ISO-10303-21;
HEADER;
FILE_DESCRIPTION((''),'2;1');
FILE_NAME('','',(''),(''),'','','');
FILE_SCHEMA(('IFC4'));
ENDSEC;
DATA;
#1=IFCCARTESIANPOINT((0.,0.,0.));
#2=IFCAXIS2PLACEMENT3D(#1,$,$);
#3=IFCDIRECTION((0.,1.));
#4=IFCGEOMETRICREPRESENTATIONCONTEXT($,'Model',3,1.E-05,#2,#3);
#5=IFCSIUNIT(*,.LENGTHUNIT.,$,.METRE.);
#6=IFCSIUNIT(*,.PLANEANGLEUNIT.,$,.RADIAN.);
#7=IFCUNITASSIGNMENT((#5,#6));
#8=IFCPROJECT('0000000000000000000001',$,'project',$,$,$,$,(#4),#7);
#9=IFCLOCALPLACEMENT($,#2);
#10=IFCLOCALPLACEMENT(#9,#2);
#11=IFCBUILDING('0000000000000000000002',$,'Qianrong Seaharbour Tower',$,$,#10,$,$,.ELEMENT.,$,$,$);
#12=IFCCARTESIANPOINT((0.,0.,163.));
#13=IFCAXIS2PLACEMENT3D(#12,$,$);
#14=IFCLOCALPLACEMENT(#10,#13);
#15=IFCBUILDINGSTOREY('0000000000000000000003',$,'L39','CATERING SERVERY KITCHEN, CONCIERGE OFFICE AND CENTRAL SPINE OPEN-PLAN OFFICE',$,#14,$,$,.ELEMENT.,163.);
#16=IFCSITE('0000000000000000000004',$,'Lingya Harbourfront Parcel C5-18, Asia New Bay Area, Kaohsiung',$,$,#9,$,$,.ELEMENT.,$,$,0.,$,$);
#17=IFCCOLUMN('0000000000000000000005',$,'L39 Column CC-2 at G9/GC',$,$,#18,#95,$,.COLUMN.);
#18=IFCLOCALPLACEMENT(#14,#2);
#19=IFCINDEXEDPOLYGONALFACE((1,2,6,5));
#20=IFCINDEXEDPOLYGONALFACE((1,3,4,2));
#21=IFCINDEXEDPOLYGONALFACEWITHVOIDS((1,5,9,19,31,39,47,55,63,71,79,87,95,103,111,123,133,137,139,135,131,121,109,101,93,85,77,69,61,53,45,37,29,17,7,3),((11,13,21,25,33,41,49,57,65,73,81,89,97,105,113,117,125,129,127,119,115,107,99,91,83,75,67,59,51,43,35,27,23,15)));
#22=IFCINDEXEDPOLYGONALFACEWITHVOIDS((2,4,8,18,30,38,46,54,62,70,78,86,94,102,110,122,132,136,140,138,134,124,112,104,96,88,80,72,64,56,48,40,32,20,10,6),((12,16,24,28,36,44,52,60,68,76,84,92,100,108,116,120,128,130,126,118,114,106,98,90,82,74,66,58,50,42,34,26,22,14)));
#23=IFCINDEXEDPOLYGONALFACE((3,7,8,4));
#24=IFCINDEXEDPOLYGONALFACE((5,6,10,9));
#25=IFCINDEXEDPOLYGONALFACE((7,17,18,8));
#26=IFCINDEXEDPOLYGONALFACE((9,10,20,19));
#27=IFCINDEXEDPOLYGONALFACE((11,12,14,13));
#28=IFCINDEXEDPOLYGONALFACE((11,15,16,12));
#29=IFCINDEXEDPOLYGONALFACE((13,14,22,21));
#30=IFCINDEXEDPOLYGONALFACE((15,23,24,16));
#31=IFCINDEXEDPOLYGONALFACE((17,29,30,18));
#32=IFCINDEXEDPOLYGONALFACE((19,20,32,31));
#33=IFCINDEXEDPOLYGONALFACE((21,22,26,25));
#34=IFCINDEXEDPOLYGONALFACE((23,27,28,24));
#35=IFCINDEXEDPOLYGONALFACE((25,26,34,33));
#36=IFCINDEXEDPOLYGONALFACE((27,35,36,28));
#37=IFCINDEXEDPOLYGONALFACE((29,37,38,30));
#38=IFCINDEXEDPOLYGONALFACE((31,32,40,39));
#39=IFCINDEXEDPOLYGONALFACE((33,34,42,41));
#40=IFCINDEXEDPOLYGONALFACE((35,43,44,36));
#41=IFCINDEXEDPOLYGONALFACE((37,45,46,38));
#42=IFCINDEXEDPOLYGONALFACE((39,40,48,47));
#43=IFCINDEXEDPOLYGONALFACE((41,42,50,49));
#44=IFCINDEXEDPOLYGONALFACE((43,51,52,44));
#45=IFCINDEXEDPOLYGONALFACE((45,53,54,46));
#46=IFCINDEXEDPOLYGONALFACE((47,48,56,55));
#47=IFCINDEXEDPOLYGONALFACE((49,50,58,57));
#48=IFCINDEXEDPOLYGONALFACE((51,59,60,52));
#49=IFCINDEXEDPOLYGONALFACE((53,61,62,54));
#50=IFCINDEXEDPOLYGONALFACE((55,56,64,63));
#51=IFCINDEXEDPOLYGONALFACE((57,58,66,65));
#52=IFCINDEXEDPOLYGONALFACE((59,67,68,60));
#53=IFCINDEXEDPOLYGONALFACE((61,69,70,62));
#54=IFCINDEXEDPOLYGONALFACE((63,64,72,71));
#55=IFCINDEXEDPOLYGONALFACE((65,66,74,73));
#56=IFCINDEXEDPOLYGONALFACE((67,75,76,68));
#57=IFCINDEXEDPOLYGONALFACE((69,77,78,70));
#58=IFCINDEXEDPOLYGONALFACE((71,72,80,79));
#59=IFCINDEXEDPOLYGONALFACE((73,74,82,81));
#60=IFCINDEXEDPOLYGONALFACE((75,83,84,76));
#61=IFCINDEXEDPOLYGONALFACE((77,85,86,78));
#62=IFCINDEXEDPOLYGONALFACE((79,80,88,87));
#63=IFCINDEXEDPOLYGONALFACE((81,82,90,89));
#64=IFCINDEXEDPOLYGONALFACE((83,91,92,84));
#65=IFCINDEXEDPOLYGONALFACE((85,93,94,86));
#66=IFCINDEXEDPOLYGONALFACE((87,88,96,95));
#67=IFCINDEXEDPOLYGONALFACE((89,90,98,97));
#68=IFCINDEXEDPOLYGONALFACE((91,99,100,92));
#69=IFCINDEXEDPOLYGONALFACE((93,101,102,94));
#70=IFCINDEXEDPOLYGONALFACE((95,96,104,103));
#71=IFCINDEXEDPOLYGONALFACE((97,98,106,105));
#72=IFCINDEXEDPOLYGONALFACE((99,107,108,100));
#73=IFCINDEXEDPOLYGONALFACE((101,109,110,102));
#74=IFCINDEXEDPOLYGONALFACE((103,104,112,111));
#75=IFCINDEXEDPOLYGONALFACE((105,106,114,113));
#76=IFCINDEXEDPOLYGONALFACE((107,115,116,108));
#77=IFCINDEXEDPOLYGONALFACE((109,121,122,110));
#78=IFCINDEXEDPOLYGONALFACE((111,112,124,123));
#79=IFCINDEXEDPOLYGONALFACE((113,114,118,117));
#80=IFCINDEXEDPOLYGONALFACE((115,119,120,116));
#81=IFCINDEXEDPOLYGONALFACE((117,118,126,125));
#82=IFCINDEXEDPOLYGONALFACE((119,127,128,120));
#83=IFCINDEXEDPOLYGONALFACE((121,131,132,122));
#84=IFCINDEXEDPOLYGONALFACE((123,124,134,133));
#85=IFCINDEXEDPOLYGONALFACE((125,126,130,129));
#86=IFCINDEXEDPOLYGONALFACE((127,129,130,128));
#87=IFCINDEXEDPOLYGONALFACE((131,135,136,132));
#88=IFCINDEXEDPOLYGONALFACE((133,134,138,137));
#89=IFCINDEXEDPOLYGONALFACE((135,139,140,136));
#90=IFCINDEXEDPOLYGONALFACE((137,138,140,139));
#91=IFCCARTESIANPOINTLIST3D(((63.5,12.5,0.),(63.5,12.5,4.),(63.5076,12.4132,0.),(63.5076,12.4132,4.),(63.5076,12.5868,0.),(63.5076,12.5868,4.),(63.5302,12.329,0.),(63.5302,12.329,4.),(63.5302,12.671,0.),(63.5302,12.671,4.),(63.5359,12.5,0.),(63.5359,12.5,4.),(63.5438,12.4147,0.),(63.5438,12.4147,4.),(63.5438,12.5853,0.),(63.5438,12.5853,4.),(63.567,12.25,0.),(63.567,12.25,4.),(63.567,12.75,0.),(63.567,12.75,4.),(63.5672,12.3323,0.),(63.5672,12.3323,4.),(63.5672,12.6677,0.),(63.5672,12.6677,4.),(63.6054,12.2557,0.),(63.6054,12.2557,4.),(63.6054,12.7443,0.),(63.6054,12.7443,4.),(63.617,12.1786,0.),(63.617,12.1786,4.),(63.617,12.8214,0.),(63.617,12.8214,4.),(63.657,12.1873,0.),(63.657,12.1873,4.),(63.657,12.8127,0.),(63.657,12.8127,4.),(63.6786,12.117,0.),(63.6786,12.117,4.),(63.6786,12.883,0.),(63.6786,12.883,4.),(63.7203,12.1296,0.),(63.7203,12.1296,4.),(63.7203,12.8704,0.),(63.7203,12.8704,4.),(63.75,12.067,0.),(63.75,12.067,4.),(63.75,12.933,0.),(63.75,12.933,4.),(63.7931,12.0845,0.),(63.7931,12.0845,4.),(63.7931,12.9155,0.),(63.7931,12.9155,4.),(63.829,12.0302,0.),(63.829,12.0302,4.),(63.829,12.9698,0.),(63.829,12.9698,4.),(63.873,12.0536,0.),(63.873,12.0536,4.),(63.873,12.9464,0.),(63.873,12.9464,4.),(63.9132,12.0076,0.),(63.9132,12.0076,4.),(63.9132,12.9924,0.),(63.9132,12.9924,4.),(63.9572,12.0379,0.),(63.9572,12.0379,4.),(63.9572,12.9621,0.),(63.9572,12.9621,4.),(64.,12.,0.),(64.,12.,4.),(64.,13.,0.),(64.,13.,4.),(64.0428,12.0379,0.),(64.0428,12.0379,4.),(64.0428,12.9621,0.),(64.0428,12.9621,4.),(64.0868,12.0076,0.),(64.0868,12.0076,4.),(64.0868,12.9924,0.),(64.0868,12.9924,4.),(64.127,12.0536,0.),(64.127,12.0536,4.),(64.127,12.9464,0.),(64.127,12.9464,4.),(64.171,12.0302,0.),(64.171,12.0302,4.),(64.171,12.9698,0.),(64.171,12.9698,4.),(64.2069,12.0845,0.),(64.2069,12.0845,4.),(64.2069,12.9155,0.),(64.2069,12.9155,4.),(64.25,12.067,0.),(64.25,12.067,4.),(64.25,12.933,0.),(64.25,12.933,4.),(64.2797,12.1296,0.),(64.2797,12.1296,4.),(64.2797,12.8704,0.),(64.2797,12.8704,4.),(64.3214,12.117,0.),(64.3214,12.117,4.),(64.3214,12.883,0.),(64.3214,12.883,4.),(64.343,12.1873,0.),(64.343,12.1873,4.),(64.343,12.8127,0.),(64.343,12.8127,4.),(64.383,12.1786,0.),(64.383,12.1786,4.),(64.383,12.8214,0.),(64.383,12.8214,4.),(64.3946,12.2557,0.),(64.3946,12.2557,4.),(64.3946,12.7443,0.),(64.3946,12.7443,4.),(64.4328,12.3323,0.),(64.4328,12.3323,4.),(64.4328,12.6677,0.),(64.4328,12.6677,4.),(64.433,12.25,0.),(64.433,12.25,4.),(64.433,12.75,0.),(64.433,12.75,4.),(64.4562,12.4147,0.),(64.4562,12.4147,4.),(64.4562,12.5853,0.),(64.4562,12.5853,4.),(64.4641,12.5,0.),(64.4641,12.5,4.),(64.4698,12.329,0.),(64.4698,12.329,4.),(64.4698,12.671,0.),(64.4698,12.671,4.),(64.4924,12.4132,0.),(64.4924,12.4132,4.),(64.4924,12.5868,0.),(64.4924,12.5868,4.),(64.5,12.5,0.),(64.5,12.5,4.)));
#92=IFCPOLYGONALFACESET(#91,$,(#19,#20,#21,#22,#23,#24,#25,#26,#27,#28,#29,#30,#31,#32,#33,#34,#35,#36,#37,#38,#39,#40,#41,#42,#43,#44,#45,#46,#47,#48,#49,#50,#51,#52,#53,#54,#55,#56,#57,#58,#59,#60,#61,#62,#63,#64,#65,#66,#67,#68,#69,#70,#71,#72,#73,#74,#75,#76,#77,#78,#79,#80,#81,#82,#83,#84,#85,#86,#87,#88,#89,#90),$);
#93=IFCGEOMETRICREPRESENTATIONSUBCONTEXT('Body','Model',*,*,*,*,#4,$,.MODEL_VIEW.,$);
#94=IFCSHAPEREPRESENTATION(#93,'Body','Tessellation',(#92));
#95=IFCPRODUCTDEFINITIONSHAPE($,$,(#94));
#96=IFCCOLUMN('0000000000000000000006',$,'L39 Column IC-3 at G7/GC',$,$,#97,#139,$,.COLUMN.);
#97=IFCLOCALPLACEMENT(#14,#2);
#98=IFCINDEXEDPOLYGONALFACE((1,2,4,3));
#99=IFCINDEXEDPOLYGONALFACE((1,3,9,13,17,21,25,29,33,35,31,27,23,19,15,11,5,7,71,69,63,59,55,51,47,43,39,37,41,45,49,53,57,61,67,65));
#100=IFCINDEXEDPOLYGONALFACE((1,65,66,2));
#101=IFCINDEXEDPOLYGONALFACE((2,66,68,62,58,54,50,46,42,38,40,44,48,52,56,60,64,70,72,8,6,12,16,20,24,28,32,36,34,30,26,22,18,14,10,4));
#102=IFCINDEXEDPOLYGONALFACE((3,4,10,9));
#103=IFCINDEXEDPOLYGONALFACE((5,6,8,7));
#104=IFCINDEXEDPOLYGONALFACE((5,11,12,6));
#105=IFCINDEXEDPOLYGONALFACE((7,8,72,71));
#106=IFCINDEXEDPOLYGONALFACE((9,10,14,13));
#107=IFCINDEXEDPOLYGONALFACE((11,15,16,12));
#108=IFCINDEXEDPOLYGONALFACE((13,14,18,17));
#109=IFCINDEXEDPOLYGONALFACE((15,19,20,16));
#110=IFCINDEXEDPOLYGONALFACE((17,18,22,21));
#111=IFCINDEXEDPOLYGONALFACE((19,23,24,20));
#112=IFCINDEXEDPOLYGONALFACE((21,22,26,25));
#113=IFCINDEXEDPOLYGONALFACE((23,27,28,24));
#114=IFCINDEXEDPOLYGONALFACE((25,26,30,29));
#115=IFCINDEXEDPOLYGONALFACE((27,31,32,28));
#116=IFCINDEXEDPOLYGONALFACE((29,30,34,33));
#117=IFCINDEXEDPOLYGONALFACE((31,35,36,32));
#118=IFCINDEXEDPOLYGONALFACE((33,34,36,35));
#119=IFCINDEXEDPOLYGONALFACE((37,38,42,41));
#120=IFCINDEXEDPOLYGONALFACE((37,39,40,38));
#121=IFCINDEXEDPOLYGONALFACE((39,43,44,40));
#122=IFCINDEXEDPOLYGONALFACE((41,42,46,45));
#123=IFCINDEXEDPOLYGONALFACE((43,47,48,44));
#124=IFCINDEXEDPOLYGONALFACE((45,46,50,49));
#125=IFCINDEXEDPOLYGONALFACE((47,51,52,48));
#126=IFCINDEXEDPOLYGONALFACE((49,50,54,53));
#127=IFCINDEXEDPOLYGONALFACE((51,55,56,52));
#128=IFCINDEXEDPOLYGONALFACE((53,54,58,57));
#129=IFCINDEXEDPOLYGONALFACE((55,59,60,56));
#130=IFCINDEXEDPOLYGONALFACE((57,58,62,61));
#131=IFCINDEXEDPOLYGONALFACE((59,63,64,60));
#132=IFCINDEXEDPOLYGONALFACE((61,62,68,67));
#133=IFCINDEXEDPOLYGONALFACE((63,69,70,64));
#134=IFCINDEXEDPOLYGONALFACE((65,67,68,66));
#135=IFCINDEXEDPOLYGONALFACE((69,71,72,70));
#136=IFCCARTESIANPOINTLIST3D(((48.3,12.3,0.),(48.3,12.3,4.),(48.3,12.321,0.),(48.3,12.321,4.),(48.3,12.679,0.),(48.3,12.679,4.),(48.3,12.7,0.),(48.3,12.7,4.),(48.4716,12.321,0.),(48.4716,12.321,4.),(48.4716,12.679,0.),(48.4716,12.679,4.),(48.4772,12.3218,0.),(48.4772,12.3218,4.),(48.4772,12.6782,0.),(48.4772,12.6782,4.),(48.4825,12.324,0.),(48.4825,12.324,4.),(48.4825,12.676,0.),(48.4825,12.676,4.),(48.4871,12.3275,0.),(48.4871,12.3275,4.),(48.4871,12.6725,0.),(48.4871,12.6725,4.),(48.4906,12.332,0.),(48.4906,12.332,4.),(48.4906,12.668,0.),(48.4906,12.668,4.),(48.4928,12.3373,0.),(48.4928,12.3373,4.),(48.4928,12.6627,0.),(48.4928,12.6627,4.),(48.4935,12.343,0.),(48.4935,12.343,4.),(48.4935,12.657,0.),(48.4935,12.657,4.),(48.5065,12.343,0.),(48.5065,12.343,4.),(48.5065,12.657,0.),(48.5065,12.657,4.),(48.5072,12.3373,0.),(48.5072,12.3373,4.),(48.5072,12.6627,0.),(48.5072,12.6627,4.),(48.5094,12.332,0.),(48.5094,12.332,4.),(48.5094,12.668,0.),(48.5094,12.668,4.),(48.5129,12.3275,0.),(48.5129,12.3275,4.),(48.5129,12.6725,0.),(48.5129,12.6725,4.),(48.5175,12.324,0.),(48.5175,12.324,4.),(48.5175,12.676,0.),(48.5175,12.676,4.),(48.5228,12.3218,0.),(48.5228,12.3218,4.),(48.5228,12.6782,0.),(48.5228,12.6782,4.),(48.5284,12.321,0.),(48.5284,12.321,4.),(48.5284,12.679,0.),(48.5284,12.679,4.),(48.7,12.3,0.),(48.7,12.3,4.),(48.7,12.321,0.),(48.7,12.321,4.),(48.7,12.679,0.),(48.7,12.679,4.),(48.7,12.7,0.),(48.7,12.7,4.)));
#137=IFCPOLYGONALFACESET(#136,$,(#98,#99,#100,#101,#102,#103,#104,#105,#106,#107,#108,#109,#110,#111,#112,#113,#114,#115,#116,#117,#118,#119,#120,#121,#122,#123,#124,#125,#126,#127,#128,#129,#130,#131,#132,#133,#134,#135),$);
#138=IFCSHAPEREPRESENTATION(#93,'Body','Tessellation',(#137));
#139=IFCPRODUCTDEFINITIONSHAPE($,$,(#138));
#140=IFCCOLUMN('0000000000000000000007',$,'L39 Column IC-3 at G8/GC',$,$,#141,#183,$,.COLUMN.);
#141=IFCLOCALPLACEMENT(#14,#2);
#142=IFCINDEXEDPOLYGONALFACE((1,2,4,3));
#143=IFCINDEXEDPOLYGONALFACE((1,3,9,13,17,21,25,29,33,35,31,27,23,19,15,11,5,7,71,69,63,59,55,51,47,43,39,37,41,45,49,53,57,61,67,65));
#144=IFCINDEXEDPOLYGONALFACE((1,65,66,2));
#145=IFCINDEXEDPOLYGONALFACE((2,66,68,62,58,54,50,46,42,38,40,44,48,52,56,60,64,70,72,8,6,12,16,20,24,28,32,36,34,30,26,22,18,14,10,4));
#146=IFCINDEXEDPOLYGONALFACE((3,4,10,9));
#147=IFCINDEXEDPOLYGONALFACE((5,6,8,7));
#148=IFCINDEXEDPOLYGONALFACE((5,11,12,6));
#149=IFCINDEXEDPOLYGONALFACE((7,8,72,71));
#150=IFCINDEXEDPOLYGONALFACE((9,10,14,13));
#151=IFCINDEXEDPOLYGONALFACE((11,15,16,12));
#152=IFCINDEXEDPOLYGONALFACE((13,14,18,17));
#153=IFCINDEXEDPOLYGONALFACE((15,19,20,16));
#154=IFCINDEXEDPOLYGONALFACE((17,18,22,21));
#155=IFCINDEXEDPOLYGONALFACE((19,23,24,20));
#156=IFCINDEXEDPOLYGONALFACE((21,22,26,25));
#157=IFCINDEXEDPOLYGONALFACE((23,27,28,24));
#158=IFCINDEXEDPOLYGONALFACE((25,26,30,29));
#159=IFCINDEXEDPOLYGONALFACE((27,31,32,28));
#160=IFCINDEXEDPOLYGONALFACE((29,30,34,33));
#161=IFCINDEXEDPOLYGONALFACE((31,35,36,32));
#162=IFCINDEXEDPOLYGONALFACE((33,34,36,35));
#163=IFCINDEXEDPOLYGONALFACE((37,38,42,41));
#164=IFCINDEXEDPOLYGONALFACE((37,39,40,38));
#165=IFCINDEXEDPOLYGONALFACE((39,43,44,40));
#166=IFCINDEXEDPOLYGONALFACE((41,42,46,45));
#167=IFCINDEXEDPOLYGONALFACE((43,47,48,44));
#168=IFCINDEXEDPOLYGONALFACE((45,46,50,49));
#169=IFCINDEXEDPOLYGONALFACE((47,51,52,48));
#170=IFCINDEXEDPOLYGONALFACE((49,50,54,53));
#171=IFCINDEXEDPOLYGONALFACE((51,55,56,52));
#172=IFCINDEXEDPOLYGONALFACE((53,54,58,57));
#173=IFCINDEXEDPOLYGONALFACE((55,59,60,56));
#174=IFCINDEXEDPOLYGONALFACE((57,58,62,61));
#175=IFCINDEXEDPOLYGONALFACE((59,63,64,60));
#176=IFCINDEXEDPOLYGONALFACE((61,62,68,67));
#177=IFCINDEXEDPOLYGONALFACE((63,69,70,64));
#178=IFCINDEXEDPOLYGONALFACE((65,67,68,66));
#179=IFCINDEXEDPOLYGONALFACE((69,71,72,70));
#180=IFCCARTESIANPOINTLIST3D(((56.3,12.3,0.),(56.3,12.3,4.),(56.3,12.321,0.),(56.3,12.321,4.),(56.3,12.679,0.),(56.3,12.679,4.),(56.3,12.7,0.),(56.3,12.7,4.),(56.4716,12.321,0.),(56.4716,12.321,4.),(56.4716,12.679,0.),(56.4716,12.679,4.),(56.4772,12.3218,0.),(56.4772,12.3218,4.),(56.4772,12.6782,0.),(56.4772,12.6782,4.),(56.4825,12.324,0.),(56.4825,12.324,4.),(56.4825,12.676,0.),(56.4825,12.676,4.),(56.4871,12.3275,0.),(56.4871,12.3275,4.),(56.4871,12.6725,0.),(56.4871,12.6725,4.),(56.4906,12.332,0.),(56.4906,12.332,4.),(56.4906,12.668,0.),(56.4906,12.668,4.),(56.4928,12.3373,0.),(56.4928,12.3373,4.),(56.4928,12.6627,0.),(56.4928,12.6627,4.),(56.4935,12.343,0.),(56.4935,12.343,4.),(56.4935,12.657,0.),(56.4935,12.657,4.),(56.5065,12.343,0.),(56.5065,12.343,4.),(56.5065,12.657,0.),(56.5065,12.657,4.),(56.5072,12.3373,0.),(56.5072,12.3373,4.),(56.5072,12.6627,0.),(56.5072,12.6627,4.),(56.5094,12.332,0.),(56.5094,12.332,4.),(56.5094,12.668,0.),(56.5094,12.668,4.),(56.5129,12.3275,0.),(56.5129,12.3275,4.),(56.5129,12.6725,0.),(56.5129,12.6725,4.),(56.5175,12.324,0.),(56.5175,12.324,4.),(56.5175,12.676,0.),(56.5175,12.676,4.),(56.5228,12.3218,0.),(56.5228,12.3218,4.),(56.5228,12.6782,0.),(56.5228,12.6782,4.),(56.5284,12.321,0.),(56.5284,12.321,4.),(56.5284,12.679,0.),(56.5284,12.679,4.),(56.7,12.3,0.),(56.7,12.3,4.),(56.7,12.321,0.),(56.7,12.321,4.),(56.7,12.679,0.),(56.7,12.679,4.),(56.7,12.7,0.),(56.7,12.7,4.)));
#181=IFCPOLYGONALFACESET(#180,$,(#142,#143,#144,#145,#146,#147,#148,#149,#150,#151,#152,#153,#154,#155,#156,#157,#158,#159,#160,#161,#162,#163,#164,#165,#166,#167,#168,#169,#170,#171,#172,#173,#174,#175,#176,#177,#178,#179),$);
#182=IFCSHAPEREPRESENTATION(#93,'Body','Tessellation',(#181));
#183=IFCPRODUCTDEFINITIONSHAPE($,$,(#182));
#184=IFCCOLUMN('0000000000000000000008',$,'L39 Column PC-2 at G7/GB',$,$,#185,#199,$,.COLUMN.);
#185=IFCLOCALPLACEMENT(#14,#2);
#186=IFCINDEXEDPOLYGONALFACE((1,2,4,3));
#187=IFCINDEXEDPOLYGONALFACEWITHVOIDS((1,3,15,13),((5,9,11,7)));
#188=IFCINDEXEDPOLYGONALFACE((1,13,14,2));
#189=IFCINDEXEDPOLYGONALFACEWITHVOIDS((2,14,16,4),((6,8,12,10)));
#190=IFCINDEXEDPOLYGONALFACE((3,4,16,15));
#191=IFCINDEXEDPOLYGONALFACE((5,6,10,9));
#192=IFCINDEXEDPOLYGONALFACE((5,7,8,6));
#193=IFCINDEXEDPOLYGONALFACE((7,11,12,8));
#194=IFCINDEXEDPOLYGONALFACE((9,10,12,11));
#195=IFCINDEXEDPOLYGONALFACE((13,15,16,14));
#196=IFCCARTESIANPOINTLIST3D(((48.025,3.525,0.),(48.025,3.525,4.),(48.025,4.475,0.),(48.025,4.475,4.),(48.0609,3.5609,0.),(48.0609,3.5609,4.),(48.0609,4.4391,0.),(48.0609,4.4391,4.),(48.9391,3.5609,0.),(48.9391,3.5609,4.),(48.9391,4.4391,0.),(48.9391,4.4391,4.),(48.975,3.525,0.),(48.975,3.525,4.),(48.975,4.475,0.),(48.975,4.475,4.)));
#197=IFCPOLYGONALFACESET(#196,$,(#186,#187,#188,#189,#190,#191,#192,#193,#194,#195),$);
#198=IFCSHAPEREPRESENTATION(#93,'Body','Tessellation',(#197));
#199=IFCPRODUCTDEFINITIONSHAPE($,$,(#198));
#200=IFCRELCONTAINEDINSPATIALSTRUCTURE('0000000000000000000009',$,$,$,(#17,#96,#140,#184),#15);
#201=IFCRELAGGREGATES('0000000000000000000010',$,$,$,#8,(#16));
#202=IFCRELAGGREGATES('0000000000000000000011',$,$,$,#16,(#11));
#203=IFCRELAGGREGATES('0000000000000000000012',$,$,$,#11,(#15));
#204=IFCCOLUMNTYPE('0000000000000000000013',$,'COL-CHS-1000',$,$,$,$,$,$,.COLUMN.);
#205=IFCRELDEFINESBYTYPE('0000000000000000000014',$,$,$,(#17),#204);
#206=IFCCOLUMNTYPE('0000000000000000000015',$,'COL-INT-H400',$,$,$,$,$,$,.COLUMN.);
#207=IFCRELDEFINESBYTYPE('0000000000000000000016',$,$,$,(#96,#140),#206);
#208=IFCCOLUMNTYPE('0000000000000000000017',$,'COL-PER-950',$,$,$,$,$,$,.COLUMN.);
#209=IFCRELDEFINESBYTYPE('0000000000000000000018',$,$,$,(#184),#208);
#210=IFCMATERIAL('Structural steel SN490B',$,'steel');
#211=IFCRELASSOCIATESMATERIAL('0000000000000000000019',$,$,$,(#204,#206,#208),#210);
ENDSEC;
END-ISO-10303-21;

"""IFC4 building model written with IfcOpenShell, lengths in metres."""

from ifc_helpers import new_model, si_unit, direction, frame, origin, origin_2d, place, context, subcontext, project, spatial, hollow_rectangle, hollow_circle, i_section, extrude, material, material_profile, profile_set, type_object, element, save


model = new_model("IFC4")

# Units and contexts
model_context = context("Model", 3, precision=1e-05, world=origin(), true_north=direction((0.0, 1.0)))
body_context = subcontext(model_context, "Body", "Model", "MODEL_VIEW")
ifc_project = project(units=[si_unit("LENGTHUNIT", "METRE"), si_unit("PLANEANGLEUNIT", "RADIAN")], contexts=[model_context])

# Site, building, storey
site_placement = place(None, origin())
site = spatial("IfcSite", under=ifc_project, at=site_placement, Name="Lingya Harbourfront Parcel C5-18, Asia New Bay Area, Kaohsiung", CompositionType="ELEMENT", RefElevation=0.0)
building_placement = place(site_placement, origin())
building = spatial("IfcBuilding", under=site, at=building_placement, Name="Qianrong Seaharbour Tower", CompositionType="ELEMENT")
storey_placement = place(building_placement, frame((0.0, 0.0, 163.0)))
storey = spatial("IfcBuildingStorey", under=building, at=storey_placement, Name="L39", Description="CATERING SERVERY KITCHEN, CONCIERGE OFFICE AND CENTRAL SPINE OPEN-PLAN OFFICE", CompositionType="ELEMENT", Elevation=163.0)

# Columns
ifc_material_1 = material(Name="Structural steel SN490B", Category="steel")
ifc_material_profile_1 = material_profile(ifc_material_1, hollow_circle(Radius=0.5, WallThickness=0.0359, at=origin_2d()), Name="CHS1000x36")
ifc_profile_set_1 = profile_set([ifc_material_profile_1], Name="Structural steel SN490B")
column_type_1 = type_object("IfcColumnType", Name="COL-CHS-1000", PredefinedType="COLUMN", material=ifc_profile_set_1)
column_placement = place(storey_placement, frame((64.0, 12.5, 0.0), z_axis=(0.0, 0.0, 1.0), x_axis=(1.0, 0.0, 0.0)))
element("IfcColumn", 1, at=column_placement, inside=storey, type_object=column_type_1, Name="L39 Column CC-2 at G9/GC", PredefinedType="COLUMN", context=body_context, shape_type="SweptSolid", body=[
    extrude(hollow_circle(Radius=0.5, WallThickness=0.0359, at=origin_2d()), origin(), (0.0, 0.0, 1.0), 4.0),
])
ifc_material_profile_2 = material_profile(ifc_material_1, i_section(OverallWidth=0.3999, OverallDepth=0.3999, WebThickness=0.0129, FlangeThickness=0.021, FilletRadius=0.022, at=origin_2d()), Name="H400x400x13x21")
ifc_profile_set_2 = profile_set([ifc_material_profile_2], Name="Structural steel SN490B")
column_type_2 = type_object("IfcColumnType", Name="COL-INT-H400", PredefinedType="COLUMN", material=ifc_profile_set_2)
for number, where, z_axis, x_axis, name in (
    (2, (48.5, 12.5, 0.0), (0.0, 0.0, 1.0), (1.0, 0.0, 0.0), "L39 Column IC-3 at G7/GC"),
    (3, (56.5, 12.5, 0.0), (0.0, 0.0, 1.0), (1.0, 0.0, 0.0), "L39 Column IC-3 at G8/GC"),
):
    element("IfcColumn", number, at=place(storey_placement, frame(where, z_axis=z_axis, x_axis=x_axis)), inside=storey, type_object=column_type_2, Name=name, PredefinedType="COLUMN", context=body_context, shape_type="SweptSolid", body=[
        extrude(i_section(OverallWidth=0.3999, OverallDepth=0.3999, WebThickness=0.0129, FlangeThickness=0.021, FilletRadius=0.022, at=origin_2d()), origin(), (0.0, 0.0, 1.0), 4.0),
    ])
ifc_material_profile_3 = material_profile(ifc_material_1, hollow_rectangle(XDim=0.95, YDim=0.95, WallThickness=0.0359, at=origin_2d()), Name="BOX950x950x36")
ifc_profile_set_3 = profile_set([ifc_material_profile_3], Name="Structural steel SN490B")
column_type_3 = type_object("IfcColumnType", Name="COL-PER-950", PredefinedType="COLUMN", material=ifc_profile_set_3)
for number, where, z_axis, x_axis, name in (
    (4, (48.5, 4.0, 0.0), (0.0, 0.0, 1.0), (1.0, 0.0, 0.0), "L39 Column PC-2 at G7/GB"),
):
    element("IfcColumn", number, at=place(storey_placement, frame(where, z_axis=z_axis, x_axis=x_axis)), inside=storey, type_object=column_type_3, Name=name, PredefinedType="COLUMN", context=body_context, shape_type="SweptSolid", body=[
        extrude(hollow_rectangle(XDim=0.95, YDim=0.95, WallThickness=0.0359, at=origin_2d()), origin(), (0.0, 0.0, 1.0), 4.0),
    ])

save(model, "model.ifc")
